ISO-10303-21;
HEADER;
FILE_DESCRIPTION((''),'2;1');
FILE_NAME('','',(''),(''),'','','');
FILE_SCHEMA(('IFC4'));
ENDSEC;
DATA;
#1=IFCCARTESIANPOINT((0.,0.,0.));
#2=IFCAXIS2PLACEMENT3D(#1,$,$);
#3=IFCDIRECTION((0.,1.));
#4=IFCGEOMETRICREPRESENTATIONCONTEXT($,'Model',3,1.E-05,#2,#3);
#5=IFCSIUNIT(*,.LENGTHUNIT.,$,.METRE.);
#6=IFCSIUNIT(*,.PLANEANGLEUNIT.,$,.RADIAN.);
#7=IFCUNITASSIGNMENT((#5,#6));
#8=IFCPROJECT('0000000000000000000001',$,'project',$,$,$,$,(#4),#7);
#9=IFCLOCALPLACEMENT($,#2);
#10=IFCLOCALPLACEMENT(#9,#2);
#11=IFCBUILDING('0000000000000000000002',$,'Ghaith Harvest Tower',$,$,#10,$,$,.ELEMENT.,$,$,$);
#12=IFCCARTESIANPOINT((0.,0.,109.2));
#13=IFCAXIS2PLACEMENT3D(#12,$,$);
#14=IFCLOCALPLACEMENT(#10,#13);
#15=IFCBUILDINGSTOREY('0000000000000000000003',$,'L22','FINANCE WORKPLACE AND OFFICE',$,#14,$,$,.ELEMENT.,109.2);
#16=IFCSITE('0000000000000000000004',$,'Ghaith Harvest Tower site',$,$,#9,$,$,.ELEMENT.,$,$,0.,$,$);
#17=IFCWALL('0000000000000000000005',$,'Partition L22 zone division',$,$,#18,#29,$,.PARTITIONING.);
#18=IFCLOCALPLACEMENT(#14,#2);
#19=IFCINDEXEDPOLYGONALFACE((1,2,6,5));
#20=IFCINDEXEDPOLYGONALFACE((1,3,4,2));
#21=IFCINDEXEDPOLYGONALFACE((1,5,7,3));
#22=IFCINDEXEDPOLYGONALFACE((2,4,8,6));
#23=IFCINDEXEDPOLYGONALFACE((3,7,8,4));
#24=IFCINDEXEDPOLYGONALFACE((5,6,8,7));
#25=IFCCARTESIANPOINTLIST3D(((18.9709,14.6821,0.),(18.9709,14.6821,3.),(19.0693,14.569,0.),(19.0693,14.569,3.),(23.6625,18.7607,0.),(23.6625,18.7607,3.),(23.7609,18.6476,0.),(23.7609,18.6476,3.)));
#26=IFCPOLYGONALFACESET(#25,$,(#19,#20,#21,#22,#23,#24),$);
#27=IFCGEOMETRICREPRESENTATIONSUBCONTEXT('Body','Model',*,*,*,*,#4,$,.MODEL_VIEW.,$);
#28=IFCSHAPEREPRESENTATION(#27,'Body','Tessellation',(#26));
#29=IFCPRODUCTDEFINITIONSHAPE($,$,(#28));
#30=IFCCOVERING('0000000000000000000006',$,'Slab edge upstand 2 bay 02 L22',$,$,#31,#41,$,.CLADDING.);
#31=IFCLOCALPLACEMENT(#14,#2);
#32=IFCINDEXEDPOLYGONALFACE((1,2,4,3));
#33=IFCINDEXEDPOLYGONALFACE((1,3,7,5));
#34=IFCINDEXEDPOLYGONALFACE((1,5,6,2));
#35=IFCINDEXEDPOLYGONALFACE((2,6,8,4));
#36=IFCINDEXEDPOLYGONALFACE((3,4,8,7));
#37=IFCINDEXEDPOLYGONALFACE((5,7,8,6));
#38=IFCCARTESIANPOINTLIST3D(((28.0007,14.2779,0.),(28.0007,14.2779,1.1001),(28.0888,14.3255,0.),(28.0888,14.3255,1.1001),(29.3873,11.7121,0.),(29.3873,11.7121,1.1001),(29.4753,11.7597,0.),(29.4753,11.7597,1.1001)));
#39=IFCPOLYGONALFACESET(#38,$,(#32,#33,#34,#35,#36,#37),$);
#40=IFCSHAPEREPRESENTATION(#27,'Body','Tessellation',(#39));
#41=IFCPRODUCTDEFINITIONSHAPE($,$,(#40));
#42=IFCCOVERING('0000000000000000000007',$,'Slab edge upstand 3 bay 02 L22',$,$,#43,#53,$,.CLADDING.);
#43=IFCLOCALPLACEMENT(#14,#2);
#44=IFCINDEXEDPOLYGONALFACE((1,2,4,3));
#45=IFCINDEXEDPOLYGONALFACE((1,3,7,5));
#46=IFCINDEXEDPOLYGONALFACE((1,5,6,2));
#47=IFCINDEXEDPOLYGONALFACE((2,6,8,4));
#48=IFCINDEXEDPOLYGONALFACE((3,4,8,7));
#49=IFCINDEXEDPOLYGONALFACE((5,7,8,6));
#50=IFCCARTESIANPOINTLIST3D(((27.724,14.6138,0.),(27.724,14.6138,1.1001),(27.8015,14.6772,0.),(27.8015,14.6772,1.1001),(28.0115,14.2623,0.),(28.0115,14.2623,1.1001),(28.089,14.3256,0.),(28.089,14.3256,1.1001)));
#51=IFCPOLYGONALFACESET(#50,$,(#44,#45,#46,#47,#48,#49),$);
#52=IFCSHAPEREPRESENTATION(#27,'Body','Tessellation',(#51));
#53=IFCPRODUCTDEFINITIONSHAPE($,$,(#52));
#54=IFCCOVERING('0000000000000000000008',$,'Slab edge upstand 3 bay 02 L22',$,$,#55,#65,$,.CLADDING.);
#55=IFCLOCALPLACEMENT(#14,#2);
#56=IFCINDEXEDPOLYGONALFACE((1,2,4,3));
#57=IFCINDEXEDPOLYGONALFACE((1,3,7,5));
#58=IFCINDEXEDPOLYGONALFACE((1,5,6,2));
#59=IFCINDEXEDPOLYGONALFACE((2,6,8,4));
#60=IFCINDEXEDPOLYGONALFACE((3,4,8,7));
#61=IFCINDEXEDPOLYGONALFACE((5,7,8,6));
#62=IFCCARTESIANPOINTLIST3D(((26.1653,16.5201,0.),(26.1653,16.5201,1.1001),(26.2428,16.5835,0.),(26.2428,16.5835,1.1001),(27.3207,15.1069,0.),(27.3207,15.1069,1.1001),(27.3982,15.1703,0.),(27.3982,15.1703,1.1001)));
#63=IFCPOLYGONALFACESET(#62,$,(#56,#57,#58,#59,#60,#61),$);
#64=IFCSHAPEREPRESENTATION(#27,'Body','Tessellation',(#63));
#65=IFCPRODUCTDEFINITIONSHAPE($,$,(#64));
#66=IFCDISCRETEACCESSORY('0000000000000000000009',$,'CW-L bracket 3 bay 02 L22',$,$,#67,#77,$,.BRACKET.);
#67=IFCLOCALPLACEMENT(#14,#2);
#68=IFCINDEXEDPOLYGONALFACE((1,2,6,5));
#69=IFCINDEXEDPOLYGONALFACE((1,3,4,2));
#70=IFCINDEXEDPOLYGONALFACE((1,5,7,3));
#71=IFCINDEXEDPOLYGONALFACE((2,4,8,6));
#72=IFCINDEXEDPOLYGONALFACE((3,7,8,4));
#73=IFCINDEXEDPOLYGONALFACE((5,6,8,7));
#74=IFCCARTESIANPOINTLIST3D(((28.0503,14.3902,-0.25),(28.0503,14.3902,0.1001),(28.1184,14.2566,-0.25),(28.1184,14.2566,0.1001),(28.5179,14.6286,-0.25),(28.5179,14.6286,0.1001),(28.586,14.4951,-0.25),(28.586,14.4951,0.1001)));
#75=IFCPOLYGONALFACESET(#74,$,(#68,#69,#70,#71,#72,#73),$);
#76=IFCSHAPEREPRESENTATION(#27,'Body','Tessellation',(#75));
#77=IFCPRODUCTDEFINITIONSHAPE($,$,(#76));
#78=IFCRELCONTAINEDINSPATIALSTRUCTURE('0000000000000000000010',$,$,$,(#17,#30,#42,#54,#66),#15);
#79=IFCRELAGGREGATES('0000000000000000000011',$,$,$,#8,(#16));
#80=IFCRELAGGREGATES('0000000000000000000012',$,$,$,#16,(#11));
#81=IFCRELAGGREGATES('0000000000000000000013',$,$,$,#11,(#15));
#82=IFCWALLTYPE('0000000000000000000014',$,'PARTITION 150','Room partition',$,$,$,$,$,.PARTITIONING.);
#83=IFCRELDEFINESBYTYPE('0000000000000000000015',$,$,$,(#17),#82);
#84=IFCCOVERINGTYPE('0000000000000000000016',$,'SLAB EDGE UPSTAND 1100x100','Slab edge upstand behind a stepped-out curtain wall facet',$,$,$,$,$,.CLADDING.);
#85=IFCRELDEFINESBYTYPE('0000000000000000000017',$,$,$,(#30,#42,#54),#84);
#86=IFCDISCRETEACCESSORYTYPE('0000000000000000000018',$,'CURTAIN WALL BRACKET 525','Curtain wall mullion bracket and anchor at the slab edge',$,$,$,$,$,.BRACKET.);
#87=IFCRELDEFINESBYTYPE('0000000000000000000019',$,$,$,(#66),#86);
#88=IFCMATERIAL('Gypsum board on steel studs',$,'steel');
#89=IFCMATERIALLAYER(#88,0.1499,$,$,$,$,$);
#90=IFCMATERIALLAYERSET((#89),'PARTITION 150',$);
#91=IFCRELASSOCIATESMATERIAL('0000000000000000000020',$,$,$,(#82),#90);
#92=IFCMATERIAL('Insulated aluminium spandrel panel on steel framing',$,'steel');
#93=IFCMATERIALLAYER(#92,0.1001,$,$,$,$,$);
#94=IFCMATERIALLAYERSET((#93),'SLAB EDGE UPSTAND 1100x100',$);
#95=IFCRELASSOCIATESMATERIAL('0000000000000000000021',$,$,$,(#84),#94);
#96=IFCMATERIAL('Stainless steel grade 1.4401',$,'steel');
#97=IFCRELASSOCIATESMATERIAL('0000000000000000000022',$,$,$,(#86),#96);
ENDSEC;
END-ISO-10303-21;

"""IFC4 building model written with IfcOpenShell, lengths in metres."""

from ifc_helpers import new_model, si_unit, direction, frame, frame_2d, origin, origin_2d, place, context, subcontext, project, spatial, rectangle, extrude, material, layer, layer_set, type_object, element, save


model = new_model("IFC4")

# Units and contexts
model_context = context("Model", 3, precision=1e-05, world=origin(), true_north=direction((0.0, 1.0)))
body_context = subcontext(model_context, "Body", "Model", "MODEL_VIEW")
ifc_project = project(units=[si_unit("LENGTHUNIT", "METRE"), si_unit("PLANEANGLEUNIT", "RADIAN")], contexts=[model_context])

# Site, building, storey
site_placement = place(None, origin())
site = spatial("IfcSite", under=ifc_project, at=site_placement, Name="Ghaith Harvest Tower site", CompositionType="ELEMENT", RefElevation=0.0)
building_placement = place(site_placement, origin())
building = spatial("IfcBuilding", under=site, at=building_placement, Name="Ghaith Harvest Tower", CompositionType="ELEMENT")
storey_placement = place(building_placement, frame((0.0, 0.0, 109.2)))
storey = spatial("IfcBuildingStorey", under=building, at=storey_placement, Name="L22", Description="FINANCE WORKPLACE AND OFFICE", CompositionType="ELEMENT", Elevation=109.2)

# Wall
ifc_material_1 = material(Name="Gypsum board on steel studs", Category="steel")
ifc_layer_1 = layer(ifc_material_1, 0.1499)
ifc_layer_set_1 = layer_set([ifc_layer_1], Name="PARTITION 150")
wall_type = type_object("IfcWallType", Name="PARTITION 150", Description="Room partition", PredefinedType="PARTITIONING", material=ifc_layer_set_1)
wall_1_placement = place(storey_placement, frame((19.02, 14.6255, 0.0), z_axis=(0.0, 0.0, 1.0), x_axis=(0.754692, 0.65608, 0.0)))
element("IfcWall", 1, at=wall_1_placement, inside=storey, type_object=wall_type, Name="Partition L22 zone division", PredefinedType="PARTITIONING", context=body_context, shape_type="SweptSolid", body=[
    extrude(rectangle(XDim=6.2166, YDim=0.1499, at=frame_2d((3.1084, 0.0))), origin(), (0.0, 0.0, 1.0), 3.0),
])

# Coverings
ifc_material_2 = material(Name="Insulated aluminium spandrel panel on steel framing", Category="steel")
ifc_layer_2 = layer(ifc_material_2, 0.1001)
ifc_layer_set_2 = layer_set([ifc_layer_2], Name="SLAB EDGE UPSTAND 1100x100")
covering_type = type_object("IfcCoveringType", Name="SLAB EDGE UPSTAND 1100x100", Description="Slab edge upstand behind a stepped-out curtain wall facet", PredefinedType="CLADDING", material=ifc_layer_set_2)
covering_1_placement = place(storey_placement, frame((28.738, 13.0188, 0.0), z_axis=(0.0, 0.0, 1.0), x_axis=(-0.475409, 0.879765, 0.0)))
element("IfcCovering", 2, at=covering_1_placement, inside=storey, type_object=covering_type, Name="Slab edge upstand 2 bay 02 L22", PredefinedType="CLADDING", context=body_context, shape_type="SweptSolid", body=[
    extrude(rectangle(XDim=2.9165, YDim=0.1001, at=origin_2d()), origin(), (0.0, 0.0, 1.0), 1.1001),
])
covering_2_placement = place(storey_placement, frame((27.9065, 14.4697, 0.0), z_axis=(0.0, 0.0, 1.0), x_axis=(-0.63297, 0.774177, 0.0)))
element("IfcCovering", 3, at=covering_2_placement, inside=storey, type_object=covering_type, Name="Slab edge upstand 3 bay 02 L22", PredefinedType="CLADDING", context=body_context, shape_type="SweptSolid", body=[
    extrude(rectangle(XDim=0.4541, YDim=0.1001, at=origin_2d()), origin(), (0.0, 0.0, 1.0), 1.1001),
])
covering_3_placement = place(storey_placement, frame((26.7817, 15.8452, 0.0), z_axis=(0.0, 0.0, 1.0), x_axis=(-0.63297, 0.774177, 0.0)))
element("IfcCovering", 4, at=covering_3_placement, inside=storey, type_object=covering_type, Name="Slab edge upstand 3 bay 02 L22", PredefinedType="CLADDING", context=body_context, shape_type="SweptSolid", body=[
    extrude(rectangle(XDim=1.8254, YDim=0.1001, at=origin_2d()), origin(), (0.0, 0.0, 1.0), 1.1001),
])

# Discrete accessory
ifc_material_3 = material(Name="Stainless steel grade 1.4401", Category="steel")
discrete_accessory_type = type_object("IfcDiscreteAccessoryType", Name="CURTAIN WALL BRACKET 525", Description="Curtain wall mullion bracket and anchor at the slab edge", PredefinedType="BRACKET", material=ifc_material_3)
discrete_accessory_placement = place(storey_placement, frame((28.3181, 14.4426, -0.25), z_axis=(0.0, 0.0, 1.0), x_axis=(0.890831, 0.454335, 0.0)))
element("IfcDiscreteAccessory", 5, at=discrete_accessory_placement, inside=storey, type_object=discrete_accessory_type, Name="CW-L bracket 3 bay 02 L22", PredefinedType="BRACKET", context=body_context, shape_type="SweptSolid", body=[
    extrude(rectangle(XDim=0.5249, YDim=0.1499, at=origin_2d()), origin(), (0.0, 0.0, 1.0), 0.3501),
])

save(model, "model.ifc")
